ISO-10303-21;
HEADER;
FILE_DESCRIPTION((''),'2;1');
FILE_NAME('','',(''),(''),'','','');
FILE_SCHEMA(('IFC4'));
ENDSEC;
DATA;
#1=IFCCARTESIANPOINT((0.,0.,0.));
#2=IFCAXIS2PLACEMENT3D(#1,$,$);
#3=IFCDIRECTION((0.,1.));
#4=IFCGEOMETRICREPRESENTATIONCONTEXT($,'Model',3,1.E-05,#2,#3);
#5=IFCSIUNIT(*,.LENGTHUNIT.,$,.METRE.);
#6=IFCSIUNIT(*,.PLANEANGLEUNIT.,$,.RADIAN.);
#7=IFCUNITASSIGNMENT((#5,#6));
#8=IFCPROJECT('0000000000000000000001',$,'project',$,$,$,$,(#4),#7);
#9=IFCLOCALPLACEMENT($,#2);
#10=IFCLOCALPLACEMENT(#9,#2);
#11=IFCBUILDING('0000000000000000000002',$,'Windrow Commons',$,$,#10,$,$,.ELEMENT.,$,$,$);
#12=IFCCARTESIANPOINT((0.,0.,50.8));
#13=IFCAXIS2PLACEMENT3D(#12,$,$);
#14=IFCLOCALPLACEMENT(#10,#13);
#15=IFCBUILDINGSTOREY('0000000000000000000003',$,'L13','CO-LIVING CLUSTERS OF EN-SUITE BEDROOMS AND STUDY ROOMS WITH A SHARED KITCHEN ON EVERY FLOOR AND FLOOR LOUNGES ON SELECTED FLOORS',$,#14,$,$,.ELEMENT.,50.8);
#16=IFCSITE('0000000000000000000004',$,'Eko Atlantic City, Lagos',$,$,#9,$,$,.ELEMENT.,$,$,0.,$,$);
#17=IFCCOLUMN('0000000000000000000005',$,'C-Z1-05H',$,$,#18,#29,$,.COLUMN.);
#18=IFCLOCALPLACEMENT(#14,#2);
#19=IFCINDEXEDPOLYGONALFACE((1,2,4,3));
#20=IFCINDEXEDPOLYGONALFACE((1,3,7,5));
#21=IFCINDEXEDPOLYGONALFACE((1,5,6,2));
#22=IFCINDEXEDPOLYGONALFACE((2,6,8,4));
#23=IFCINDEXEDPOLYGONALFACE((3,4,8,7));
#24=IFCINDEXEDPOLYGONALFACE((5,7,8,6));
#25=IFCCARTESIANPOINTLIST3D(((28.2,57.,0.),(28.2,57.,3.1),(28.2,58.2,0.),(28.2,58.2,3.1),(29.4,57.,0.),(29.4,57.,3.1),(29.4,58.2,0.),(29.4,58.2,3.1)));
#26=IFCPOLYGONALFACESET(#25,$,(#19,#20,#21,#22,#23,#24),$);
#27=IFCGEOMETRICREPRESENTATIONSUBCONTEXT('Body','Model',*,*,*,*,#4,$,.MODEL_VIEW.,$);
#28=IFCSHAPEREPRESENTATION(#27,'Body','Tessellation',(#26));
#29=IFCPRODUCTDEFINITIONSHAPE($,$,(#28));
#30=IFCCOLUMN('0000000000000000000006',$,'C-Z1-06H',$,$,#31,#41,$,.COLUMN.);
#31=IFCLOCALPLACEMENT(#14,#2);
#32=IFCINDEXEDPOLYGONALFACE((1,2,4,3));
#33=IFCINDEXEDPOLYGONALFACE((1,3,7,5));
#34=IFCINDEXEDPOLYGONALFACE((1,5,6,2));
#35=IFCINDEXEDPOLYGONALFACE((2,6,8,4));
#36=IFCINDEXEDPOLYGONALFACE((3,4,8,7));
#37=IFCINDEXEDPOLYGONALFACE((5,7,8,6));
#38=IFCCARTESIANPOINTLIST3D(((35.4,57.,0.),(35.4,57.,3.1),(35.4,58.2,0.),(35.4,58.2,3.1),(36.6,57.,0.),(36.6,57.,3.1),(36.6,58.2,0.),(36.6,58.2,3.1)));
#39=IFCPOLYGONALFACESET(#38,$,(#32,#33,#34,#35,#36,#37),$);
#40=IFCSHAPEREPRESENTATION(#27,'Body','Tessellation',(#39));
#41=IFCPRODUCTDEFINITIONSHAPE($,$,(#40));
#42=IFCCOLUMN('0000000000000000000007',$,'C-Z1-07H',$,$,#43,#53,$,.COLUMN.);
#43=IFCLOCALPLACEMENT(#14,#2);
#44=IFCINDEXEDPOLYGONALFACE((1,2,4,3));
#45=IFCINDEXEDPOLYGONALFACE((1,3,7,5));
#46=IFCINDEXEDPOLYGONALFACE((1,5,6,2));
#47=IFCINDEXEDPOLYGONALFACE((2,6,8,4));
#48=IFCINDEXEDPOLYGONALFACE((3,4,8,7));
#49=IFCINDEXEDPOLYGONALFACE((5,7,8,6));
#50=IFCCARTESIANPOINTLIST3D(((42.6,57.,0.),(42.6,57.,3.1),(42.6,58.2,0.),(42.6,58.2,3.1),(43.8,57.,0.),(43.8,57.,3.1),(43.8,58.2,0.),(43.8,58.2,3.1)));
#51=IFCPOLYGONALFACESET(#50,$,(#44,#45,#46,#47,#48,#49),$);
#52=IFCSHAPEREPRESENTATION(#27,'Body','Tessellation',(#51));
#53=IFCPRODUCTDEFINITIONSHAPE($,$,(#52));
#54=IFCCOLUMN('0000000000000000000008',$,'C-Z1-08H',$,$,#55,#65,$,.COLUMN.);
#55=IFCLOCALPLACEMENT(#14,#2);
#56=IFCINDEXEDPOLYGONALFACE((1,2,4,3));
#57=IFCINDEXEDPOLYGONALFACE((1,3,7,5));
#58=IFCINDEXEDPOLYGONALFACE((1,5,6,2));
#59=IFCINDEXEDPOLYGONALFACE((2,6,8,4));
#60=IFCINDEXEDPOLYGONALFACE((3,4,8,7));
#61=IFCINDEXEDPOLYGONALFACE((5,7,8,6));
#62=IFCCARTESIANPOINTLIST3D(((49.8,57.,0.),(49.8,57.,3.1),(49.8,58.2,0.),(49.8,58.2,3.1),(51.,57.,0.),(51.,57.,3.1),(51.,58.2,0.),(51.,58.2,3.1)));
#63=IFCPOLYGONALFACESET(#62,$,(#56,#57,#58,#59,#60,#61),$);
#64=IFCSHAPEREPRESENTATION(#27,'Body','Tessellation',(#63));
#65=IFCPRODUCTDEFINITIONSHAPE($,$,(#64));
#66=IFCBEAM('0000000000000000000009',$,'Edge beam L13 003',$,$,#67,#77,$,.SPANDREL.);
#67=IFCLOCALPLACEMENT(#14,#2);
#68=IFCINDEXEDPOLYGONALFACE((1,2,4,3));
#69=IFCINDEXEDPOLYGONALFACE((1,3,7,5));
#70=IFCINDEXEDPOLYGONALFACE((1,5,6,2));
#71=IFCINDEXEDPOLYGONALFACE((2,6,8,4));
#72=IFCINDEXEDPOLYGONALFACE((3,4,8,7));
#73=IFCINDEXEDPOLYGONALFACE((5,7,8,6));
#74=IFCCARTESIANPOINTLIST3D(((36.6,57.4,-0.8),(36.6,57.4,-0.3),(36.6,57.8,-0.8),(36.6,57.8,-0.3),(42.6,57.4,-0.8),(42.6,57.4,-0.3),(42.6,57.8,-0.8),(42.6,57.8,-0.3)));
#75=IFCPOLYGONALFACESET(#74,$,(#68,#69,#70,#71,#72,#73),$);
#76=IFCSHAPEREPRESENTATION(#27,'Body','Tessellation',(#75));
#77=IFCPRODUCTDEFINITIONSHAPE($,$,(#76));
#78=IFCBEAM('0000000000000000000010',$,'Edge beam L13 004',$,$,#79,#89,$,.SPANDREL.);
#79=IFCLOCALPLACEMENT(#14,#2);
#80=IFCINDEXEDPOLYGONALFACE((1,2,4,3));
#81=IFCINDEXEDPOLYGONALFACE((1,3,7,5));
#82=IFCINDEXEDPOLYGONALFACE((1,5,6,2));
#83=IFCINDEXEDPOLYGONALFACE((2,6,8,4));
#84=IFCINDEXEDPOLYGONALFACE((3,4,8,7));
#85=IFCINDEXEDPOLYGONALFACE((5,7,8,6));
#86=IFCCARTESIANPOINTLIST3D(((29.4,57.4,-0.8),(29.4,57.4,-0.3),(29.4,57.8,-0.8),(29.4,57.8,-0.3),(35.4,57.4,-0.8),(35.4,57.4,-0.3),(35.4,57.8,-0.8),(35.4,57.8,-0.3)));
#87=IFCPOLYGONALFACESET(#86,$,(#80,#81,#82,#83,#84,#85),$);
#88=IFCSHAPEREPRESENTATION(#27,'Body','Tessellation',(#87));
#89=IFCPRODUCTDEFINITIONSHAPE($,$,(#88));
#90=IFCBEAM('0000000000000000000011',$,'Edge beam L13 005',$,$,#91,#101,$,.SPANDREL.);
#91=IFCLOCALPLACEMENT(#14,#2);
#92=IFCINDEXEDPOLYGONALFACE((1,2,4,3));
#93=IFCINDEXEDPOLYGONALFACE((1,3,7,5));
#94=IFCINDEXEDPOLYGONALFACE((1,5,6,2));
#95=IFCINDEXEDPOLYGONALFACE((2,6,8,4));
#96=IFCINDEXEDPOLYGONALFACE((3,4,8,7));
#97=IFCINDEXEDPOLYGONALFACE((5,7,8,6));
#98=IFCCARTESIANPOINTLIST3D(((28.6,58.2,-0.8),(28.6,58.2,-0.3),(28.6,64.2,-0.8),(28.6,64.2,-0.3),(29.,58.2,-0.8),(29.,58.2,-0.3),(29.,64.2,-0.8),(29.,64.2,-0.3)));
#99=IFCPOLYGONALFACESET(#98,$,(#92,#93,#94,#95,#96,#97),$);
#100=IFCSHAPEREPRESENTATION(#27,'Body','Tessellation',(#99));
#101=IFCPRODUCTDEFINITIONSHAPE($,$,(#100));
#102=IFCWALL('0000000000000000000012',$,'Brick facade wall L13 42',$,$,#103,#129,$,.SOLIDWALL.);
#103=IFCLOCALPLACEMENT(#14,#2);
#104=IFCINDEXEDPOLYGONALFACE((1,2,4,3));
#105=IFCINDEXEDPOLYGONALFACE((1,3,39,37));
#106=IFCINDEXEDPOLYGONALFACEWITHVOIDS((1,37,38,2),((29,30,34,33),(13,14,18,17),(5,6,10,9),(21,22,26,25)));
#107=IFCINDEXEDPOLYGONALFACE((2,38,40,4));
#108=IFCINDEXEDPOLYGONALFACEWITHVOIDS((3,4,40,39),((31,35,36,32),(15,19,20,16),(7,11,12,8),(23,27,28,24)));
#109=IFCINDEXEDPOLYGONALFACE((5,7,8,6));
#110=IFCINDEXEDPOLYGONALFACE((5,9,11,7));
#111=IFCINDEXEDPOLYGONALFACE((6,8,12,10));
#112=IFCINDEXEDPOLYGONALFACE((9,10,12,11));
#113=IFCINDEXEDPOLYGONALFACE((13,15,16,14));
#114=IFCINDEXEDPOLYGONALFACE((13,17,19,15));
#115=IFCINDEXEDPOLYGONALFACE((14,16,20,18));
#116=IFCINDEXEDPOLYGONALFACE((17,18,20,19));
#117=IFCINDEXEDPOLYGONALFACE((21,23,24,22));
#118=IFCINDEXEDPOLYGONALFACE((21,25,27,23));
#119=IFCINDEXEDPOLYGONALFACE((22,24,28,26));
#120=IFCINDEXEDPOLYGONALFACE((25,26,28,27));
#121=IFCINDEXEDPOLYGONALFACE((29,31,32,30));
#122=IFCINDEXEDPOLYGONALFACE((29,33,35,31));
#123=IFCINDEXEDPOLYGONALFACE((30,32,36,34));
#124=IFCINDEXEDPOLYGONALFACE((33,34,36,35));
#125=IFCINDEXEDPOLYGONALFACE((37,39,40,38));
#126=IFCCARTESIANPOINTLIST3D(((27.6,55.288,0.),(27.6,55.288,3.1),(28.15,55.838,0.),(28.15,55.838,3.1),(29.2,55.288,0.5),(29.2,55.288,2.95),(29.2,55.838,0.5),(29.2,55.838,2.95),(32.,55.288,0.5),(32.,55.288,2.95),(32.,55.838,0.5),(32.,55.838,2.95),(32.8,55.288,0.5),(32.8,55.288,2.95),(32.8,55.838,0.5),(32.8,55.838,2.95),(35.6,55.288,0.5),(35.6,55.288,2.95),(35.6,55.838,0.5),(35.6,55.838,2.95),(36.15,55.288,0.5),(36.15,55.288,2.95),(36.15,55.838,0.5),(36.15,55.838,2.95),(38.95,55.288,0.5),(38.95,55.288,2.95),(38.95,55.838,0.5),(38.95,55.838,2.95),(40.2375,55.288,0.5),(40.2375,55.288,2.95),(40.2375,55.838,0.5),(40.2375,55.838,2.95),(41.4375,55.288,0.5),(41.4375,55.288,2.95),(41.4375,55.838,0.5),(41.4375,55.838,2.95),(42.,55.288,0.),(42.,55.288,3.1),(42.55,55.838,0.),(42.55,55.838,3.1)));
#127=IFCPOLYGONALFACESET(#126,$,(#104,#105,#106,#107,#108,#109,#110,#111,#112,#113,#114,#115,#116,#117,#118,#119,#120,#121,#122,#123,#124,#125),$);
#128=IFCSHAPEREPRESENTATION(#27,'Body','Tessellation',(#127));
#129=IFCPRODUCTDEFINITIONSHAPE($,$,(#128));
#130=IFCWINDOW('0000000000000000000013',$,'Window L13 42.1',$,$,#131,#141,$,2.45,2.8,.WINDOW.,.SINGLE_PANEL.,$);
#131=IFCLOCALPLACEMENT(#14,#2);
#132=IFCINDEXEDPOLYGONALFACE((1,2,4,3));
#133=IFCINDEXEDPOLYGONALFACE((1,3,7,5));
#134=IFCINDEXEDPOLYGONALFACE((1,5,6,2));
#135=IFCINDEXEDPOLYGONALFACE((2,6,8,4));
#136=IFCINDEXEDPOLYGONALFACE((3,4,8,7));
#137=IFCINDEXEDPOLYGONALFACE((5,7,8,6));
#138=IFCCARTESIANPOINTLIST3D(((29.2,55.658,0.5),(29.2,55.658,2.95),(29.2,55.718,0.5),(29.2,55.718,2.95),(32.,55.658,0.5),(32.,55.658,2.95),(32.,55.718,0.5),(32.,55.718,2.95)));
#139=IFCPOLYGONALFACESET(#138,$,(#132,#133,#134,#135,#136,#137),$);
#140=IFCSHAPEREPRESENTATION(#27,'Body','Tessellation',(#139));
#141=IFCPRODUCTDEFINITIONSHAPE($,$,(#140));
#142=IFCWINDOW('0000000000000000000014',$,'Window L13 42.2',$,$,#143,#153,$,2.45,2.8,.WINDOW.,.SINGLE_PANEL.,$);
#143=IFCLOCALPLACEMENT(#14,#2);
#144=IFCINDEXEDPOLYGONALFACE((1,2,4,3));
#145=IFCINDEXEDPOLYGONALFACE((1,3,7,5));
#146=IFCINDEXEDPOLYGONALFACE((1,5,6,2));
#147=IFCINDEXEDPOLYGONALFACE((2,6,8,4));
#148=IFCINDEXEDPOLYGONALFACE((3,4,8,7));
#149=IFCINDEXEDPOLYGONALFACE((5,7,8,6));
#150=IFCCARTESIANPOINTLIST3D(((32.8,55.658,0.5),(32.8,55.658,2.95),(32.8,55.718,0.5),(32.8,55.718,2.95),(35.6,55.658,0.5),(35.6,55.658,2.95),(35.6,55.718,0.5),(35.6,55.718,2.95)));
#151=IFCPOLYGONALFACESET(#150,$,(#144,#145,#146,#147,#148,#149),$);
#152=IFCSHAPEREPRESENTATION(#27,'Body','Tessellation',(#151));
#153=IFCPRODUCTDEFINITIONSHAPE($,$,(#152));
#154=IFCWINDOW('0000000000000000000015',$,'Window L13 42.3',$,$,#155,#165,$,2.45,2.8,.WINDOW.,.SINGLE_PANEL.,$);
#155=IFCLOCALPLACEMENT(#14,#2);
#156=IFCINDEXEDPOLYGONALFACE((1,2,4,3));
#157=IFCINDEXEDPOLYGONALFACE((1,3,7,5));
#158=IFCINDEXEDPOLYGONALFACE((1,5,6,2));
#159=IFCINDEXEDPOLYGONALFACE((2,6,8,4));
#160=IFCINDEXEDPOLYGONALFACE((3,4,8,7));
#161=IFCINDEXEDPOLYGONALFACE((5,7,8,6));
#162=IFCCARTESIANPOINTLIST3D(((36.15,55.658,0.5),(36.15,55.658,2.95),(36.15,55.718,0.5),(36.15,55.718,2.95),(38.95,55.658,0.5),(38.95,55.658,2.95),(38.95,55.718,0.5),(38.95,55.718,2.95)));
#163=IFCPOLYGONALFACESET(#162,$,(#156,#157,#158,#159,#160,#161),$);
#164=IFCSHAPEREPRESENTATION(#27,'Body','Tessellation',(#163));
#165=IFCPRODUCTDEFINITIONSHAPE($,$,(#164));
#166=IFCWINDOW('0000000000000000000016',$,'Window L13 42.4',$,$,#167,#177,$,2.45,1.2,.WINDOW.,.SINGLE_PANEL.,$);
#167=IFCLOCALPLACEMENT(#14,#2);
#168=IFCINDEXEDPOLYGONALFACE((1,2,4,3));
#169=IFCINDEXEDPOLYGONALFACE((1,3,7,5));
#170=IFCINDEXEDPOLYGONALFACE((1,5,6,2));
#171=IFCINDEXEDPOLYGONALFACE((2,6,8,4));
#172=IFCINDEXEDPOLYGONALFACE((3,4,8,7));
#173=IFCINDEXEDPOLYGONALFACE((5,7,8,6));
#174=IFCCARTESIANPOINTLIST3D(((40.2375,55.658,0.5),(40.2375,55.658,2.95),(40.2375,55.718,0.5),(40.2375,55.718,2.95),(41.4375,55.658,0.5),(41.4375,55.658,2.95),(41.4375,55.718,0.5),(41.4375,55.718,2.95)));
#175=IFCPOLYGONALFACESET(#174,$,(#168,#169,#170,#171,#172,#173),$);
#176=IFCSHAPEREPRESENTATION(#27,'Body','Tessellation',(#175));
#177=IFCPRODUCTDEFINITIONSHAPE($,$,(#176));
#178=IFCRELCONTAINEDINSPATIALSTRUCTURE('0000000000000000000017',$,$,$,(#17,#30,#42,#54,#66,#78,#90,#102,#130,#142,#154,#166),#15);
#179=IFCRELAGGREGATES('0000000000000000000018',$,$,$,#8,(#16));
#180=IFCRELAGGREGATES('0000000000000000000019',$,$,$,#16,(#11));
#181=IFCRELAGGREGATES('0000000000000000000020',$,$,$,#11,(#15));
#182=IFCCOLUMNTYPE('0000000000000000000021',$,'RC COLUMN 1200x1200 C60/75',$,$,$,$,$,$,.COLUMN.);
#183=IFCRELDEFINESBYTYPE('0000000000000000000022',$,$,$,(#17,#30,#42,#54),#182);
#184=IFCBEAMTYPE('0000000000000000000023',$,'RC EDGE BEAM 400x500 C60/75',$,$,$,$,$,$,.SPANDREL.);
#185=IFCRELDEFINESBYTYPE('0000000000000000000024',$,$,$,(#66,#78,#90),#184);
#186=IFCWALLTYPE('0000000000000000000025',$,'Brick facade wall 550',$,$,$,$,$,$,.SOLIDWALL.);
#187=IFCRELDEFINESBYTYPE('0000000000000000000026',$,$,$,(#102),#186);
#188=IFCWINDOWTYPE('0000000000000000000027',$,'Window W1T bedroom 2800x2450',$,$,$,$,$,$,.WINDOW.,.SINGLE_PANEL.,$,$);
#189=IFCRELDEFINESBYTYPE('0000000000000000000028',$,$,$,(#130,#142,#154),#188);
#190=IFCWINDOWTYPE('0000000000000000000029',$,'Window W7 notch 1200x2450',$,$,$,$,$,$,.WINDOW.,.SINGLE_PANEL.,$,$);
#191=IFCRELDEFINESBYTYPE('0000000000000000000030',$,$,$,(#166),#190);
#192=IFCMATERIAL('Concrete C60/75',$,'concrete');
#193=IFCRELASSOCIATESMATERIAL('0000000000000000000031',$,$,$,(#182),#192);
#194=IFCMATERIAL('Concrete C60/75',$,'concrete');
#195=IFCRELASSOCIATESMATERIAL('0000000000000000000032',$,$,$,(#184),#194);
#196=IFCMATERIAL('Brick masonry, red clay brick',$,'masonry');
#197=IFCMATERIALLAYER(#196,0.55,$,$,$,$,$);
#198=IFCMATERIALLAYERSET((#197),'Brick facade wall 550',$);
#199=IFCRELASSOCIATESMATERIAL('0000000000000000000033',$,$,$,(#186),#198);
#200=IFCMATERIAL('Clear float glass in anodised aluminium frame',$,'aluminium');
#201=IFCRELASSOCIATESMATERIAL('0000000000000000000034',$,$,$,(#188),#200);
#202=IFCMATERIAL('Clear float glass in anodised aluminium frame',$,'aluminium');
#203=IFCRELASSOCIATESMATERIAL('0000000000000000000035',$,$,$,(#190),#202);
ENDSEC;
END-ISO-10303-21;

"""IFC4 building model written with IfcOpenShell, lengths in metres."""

from ifc_helpers import new_model, si_unit, direction, frame, frame_2d, origin, origin_2d, place, context, subcontext, project, spatial, polyline, rectangle, outline, extrude, material, layer, layer_set, material_profile, profile_set, type_object, element, fill, save


model = new_model("IFC4")

# Units and contexts
model_context = context("Model", 3, precision=1e-05, world=origin(), true_north=direction((0.0, 1.0)))
body_context = subcontext(model_context, "Body", "Model", "MODEL_VIEW")
ifc_project = project(units=[si_unit("LENGTHUNIT", "METRE"), si_unit("PLANEANGLEUNIT", "RADIAN")], contexts=[model_context])

# Site, building, storey
site_placement = place(None, origin())
site = spatial("IfcSite", under=ifc_project, at=site_placement, Name="Eko Atlantic City, Lagos", CompositionType="ELEMENT", RefElevation=0.0)
building_placement = place(site_placement, origin())
building = spatial("IfcBuilding", under=site, at=building_placement, Name="Windrow Commons", CompositionType="ELEMENT")
storey_placement = place(building_placement, frame((0.0, 0.0, 50.8)))
storey = spatial("IfcBuildingStorey", under=building, at=storey_placement, Name="L13", Description="CO-LIVING CLUSTERS OF EN-SUITE BEDROOMS AND STUDY ROOMS WITH A SHARED KITCHEN ON EVERY FLOOR AND FLOOR LOUNGES ON SELECTED FLOORS", CompositionType="ELEMENT", Elevation=50.8)

# Columns
ifc_material_1 = material(Name="Concrete C60/75", Category="concrete")
ifc_material_profile_1 = material_profile(ifc_material_1, rectangle(XDim=1.2, YDim=1.2, at=origin_2d()))
ifc_profile_set_1 = profile_set([ifc_material_profile_1], Name="Concrete C60/75")
column_type = type_object("IfcColumnType", Name="RC COLUMN 1200x1200 C60/75", PredefinedType="COLUMN", material=ifc_profile_set_1)
for number, where, z_axis, x_axis, name in (
    (1, (28.8, 57.6, 0.0), (0.0, 0.0, 1.0), (1.0, 0.0, 0.0), "C-Z1-05H"),
    (2, (36.0, 57.6, 0.0), (0.0, 0.0, 1.0), (1.0, 0.0, 0.0), "C-Z1-06H"),
    (3, (43.2, 57.6, 0.0), (0.0, 0.0, 1.0), (1.0, 0.0, 0.0), "C-Z1-07H"),
    (4, (50.4, 57.6, 0.0), (0.0, 0.0, 1.0), (1.0, 0.0, 0.0), "C-Z1-08H"),
):
    element("IfcColumn", number, at=place(storey_placement, frame(where, z_axis=z_axis, x_axis=x_axis)), inside=storey, type_object=column_type, Name=name, PredefinedType="COLUMN", context=body_context, shape_type="SweptSolid", body=[
        extrude(rectangle(XDim=1.2, YDim=1.2, at=origin_2d()), origin(), (0.0, 0.0, 1.0), 3.1),
    ])

# Beams
ifc_material_2 = material(Name="Concrete C60/75", Category="concrete")
ifc_material_profile_2 = material_profile(ifc_material_2, rectangle(XDim=0.4, YDim=0.5, at=origin_2d()))
ifc_profile_set_2 = profile_set([ifc_material_profile_2], Name="Concrete C60/75")
beam_type = type_object("IfcBeamType", Name="RC EDGE BEAM 400x500 C60/75", PredefinedType="SPANDREL", material=ifc_profile_set_2)
for number, where, z_axis, x_axis, name in (
    (5, (42.6, 57.6, -0.55), (-1.0, 0.0, 0.0), (0.0, -1.0, 0.0), "Edge beam L13 003"),
    (6, (35.4, 57.6, -0.55), (-1.0, 0.0, 0.0), (0.0, -1.0, 0.0), "Edge beam L13 004"),
    (7, (28.8, 58.2, -0.55), (0.0, 1.0, 0.0), (-1.0, 0.0, 0.0), "Edge beam L13 005"),
):
    element("IfcBeam", number, at=place(storey_placement, frame(where, z_axis=z_axis, x_axis=x_axis)), inside=storey, type_object=beam_type, Name=name, PredefinedType="SPANDREL", context=body_context, shape_type="SweptSolid", body=[
        extrude(rectangle(XDim=0.4, YDim=0.5, at=origin_2d()), origin(), (0.0, 0.0, 1.0), 6.0),
    ])

# Wall, openings, windows
ifc_material_3 = material(Name="Brick masonry, red clay brick", Category="masonry")
ifc_layer_1 = layer(ifc_material_3, 0.55)
ifc_layer_set_1 = layer_set([ifc_layer_1], Name="Brick facade wall 550")
wall_type_1 = type_object("IfcWallType", Name="Brick facade wall 550", PredefinedType="SOLIDWALL", material=ifc_layer_set_1)
wall_1_placement = place(storey_placement, frame((27.875, 55.563, 0.0), z_axis=(0.0, 0.0, 1.0), x_axis=(1.0, 0.0, 0.0)))
wall_1 = element("IfcWall", 8, at=wall_1_placement, inside=storey, type_object=wall_type_1, Name="Brick facade wall L13 42", PredefinedType="SOLIDWALL", context=body_context, shape_type="SweptSolid", body=[
    extrude(outline(polyline([(-0.275, -0.275), (14.125, -0.275), (14.675, 0.275), (0.275, 0.275), (-0.275, -0.275)])), origin(), (0.0, 0.0, 1.0), 3.1),
])
opening_1_placement = place(wall_1_placement, frame((1.325, 0.0, 0.5)))
opening_1 = element("IfcOpeningElement", 9, at=opening_1_placement, cuts=wall_1, PredefinedType="OPENING", context=body_context, shape_type="SweptSolid", body=[
    extrude(rectangle(XDim=2.8, YDim=2.45, at=frame_2d((1.4, 1.225))), frame((0.0, 0.285, 0.0), z_axis=(0.0, -1.0, 0.0), x_axis=(1.0, 0.0, 0.0)), (0.0, 0.0, 1.0), 0.57),
])
opening_2_placement = place(wall_1_placement, frame((4.925, 0.0, 0.5)))
opening_2 = element("IfcOpeningElement", 10, at=opening_2_placement, cuts=wall_1, PredefinedType="OPENING", context=body_context, shape_type="SweptSolid", body=[
    extrude(rectangle(XDim=2.8, YDim=2.45, at=frame_2d((1.4, 1.225))), frame((0.0, 0.285, 0.0), z_axis=(0.0, -1.0, 0.0), x_axis=(1.0, 0.0, 0.0)), (0.0, 0.0, 1.0), 0.57),
])
opening_3_placement = place(wall_1_placement, frame((8.275, 0.0, 0.5)))
opening_3 = element("IfcOpeningElement", 11, at=opening_3_placement, cuts=wall_1, PredefinedType="OPENING", context=body_context, shape_type="SweptSolid", body=[
    extrude(rectangle(XDim=2.8, YDim=2.45, at=frame_2d((1.4, 1.225))), frame((0.0, 0.285, 0.0), z_axis=(0.0, -1.0, 0.0), x_axis=(1.0, 0.0, 0.0)), (0.0, 0.0, 1.0), 0.57),
])
opening_4_placement = place(wall_1_placement, frame((12.3625, 0.0, 0.5)))
opening_4 = element("IfcOpeningElement", 12, at=opening_4_placement, cuts=wall_1, PredefinedType="OPENING", context=body_context, shape_type="SweptSolid", body=[
    extrude(rectangle(XDim=1.2, YDim=2.45, at=frame_2d((0.6, 1.225))), frame((0.0, 0.285, 0.0), z_axis=(0.0, -1.0, 0.0), x_axis=(1.0, 0.0, 0.0)), (0.0, 0.0, 1.0), 0.57),
])
ifc_material_4 = material(Name="Clear float glass in anodised aluminium frame", Category="aluminium")
window_type_1 = type_object("IfcWindowType", Name="Window W1T bedroom 2800x2450", PartitioningType="SINGLE_PANEL", PredefinedType="WINDOW", material=ifc_material_4)
window_1_placement = place(opening_1_placement, origin())
window_1 = element("IfcWindow", 13, at=window_1_placement, inside=storey, type_object=window_type_1, Name="Window L13 42.1", OverallHeight=2.45, OverallWidth=2.8, PartitioningType="SINGLE_PANEL", PredefinedType="WINDOW", context=body_context, shape_type="SweptSolid", body=[
    extrude(rectangle(XDim=2.8, YDim=2.45, at=frame_2d((1.4, 1.225))), frame((0.0, 0.155, 0.0), z_axis=(0.0, -1.0, 0.0), x_axis=(1.0, 0.0, 0.0)), (0.0, 0.0, 1.0), 0.06),
])
fill(opening_1, window_1)
window_2_placement = place(opening_2_placement, origin())
window_2 = element("IfcWindow", 14, at=window_2_placement, inside=storey, type_object=window_type_1, Name="Window L13 42.2", OverallHeight=2.45, OverallWidth=2.8, PartitioningType="SINGLE_PANEL", PredefinedType="WINDOW", context=body_context, shape_type="SweptSolid", body=[
    extrude(rectangle(XDim=2.8, YDim=2.45, at=frame_2d((1.4, 1.225))), frame((0.0, 0.155, 0.0), z_axis=(0.0, -1.0, 0.0), x_axis=(1.0, 0.0, 0.0)), (0.0, 0.0, 1.0), 0.06),
])
fill(opening_2, window_2)
window_3_placement = place(opening_3_placement, origin())
window_3 = element("IfcWindow", 15, at=window_3_placement, inside=storey, type_object=window_type_1, Name="Window L13 42.3", OverallHeight=2.45, OverallWidth=2.8, PartitioningType="SINGLE_PANEL", PredefinedType="WINDOW", context=body_context, shape_type="SweptSolid", body=[
    extrude(rectangle(XDim=2.8, YDim=2.45, at=frame_2d((1.4, 1.225))), frame((0.0, 0.155, 0.0), z_axis=(0.0, -1.0, 0.0), x_axis=(1.0, 0.0, 0.0)), (0.0, 0.0, 1.0), 0.06),
])
fill(opening_3, window_3)
ifc_material_5 = material(Name="Clear float glass in anodised aluminium frame", Category="aluminium")
window_type_2 = type_object("IfcWindowType", Name="Window W7 notch 1200x2450", PartitioningType="SINGLE_PANEL", PredefinedType="WINDOW", material=ifc_material_5)
window_4_placement = place(opening_4_placement, origin())
window_4 = element("IfcWindow", 16, at=window_4_placement, inside=storey, type_object=window_type_2, Name="Window L13 42.4", OverallHeight=2.45, OverallWidth=1.2, PartitioningType="SINGLE_PANEL", PredefinedType="WINDOW", context=body_context, shape_type="SweptSolid", body=[
    extrude(rectangle(XDim=1.2, YDim=2.45, at=frame_2d((0.6, 1.225))), frame((0.0, 0.155, 0.0), z_axis=(0.0, -1.0, 0.0), x_axis=(1.0, 0.0, 0.0)), (0.0, 0.0, 1.0), 0.06),
])
fill(opening_4, window_4)

save(model, "model.ifc")
